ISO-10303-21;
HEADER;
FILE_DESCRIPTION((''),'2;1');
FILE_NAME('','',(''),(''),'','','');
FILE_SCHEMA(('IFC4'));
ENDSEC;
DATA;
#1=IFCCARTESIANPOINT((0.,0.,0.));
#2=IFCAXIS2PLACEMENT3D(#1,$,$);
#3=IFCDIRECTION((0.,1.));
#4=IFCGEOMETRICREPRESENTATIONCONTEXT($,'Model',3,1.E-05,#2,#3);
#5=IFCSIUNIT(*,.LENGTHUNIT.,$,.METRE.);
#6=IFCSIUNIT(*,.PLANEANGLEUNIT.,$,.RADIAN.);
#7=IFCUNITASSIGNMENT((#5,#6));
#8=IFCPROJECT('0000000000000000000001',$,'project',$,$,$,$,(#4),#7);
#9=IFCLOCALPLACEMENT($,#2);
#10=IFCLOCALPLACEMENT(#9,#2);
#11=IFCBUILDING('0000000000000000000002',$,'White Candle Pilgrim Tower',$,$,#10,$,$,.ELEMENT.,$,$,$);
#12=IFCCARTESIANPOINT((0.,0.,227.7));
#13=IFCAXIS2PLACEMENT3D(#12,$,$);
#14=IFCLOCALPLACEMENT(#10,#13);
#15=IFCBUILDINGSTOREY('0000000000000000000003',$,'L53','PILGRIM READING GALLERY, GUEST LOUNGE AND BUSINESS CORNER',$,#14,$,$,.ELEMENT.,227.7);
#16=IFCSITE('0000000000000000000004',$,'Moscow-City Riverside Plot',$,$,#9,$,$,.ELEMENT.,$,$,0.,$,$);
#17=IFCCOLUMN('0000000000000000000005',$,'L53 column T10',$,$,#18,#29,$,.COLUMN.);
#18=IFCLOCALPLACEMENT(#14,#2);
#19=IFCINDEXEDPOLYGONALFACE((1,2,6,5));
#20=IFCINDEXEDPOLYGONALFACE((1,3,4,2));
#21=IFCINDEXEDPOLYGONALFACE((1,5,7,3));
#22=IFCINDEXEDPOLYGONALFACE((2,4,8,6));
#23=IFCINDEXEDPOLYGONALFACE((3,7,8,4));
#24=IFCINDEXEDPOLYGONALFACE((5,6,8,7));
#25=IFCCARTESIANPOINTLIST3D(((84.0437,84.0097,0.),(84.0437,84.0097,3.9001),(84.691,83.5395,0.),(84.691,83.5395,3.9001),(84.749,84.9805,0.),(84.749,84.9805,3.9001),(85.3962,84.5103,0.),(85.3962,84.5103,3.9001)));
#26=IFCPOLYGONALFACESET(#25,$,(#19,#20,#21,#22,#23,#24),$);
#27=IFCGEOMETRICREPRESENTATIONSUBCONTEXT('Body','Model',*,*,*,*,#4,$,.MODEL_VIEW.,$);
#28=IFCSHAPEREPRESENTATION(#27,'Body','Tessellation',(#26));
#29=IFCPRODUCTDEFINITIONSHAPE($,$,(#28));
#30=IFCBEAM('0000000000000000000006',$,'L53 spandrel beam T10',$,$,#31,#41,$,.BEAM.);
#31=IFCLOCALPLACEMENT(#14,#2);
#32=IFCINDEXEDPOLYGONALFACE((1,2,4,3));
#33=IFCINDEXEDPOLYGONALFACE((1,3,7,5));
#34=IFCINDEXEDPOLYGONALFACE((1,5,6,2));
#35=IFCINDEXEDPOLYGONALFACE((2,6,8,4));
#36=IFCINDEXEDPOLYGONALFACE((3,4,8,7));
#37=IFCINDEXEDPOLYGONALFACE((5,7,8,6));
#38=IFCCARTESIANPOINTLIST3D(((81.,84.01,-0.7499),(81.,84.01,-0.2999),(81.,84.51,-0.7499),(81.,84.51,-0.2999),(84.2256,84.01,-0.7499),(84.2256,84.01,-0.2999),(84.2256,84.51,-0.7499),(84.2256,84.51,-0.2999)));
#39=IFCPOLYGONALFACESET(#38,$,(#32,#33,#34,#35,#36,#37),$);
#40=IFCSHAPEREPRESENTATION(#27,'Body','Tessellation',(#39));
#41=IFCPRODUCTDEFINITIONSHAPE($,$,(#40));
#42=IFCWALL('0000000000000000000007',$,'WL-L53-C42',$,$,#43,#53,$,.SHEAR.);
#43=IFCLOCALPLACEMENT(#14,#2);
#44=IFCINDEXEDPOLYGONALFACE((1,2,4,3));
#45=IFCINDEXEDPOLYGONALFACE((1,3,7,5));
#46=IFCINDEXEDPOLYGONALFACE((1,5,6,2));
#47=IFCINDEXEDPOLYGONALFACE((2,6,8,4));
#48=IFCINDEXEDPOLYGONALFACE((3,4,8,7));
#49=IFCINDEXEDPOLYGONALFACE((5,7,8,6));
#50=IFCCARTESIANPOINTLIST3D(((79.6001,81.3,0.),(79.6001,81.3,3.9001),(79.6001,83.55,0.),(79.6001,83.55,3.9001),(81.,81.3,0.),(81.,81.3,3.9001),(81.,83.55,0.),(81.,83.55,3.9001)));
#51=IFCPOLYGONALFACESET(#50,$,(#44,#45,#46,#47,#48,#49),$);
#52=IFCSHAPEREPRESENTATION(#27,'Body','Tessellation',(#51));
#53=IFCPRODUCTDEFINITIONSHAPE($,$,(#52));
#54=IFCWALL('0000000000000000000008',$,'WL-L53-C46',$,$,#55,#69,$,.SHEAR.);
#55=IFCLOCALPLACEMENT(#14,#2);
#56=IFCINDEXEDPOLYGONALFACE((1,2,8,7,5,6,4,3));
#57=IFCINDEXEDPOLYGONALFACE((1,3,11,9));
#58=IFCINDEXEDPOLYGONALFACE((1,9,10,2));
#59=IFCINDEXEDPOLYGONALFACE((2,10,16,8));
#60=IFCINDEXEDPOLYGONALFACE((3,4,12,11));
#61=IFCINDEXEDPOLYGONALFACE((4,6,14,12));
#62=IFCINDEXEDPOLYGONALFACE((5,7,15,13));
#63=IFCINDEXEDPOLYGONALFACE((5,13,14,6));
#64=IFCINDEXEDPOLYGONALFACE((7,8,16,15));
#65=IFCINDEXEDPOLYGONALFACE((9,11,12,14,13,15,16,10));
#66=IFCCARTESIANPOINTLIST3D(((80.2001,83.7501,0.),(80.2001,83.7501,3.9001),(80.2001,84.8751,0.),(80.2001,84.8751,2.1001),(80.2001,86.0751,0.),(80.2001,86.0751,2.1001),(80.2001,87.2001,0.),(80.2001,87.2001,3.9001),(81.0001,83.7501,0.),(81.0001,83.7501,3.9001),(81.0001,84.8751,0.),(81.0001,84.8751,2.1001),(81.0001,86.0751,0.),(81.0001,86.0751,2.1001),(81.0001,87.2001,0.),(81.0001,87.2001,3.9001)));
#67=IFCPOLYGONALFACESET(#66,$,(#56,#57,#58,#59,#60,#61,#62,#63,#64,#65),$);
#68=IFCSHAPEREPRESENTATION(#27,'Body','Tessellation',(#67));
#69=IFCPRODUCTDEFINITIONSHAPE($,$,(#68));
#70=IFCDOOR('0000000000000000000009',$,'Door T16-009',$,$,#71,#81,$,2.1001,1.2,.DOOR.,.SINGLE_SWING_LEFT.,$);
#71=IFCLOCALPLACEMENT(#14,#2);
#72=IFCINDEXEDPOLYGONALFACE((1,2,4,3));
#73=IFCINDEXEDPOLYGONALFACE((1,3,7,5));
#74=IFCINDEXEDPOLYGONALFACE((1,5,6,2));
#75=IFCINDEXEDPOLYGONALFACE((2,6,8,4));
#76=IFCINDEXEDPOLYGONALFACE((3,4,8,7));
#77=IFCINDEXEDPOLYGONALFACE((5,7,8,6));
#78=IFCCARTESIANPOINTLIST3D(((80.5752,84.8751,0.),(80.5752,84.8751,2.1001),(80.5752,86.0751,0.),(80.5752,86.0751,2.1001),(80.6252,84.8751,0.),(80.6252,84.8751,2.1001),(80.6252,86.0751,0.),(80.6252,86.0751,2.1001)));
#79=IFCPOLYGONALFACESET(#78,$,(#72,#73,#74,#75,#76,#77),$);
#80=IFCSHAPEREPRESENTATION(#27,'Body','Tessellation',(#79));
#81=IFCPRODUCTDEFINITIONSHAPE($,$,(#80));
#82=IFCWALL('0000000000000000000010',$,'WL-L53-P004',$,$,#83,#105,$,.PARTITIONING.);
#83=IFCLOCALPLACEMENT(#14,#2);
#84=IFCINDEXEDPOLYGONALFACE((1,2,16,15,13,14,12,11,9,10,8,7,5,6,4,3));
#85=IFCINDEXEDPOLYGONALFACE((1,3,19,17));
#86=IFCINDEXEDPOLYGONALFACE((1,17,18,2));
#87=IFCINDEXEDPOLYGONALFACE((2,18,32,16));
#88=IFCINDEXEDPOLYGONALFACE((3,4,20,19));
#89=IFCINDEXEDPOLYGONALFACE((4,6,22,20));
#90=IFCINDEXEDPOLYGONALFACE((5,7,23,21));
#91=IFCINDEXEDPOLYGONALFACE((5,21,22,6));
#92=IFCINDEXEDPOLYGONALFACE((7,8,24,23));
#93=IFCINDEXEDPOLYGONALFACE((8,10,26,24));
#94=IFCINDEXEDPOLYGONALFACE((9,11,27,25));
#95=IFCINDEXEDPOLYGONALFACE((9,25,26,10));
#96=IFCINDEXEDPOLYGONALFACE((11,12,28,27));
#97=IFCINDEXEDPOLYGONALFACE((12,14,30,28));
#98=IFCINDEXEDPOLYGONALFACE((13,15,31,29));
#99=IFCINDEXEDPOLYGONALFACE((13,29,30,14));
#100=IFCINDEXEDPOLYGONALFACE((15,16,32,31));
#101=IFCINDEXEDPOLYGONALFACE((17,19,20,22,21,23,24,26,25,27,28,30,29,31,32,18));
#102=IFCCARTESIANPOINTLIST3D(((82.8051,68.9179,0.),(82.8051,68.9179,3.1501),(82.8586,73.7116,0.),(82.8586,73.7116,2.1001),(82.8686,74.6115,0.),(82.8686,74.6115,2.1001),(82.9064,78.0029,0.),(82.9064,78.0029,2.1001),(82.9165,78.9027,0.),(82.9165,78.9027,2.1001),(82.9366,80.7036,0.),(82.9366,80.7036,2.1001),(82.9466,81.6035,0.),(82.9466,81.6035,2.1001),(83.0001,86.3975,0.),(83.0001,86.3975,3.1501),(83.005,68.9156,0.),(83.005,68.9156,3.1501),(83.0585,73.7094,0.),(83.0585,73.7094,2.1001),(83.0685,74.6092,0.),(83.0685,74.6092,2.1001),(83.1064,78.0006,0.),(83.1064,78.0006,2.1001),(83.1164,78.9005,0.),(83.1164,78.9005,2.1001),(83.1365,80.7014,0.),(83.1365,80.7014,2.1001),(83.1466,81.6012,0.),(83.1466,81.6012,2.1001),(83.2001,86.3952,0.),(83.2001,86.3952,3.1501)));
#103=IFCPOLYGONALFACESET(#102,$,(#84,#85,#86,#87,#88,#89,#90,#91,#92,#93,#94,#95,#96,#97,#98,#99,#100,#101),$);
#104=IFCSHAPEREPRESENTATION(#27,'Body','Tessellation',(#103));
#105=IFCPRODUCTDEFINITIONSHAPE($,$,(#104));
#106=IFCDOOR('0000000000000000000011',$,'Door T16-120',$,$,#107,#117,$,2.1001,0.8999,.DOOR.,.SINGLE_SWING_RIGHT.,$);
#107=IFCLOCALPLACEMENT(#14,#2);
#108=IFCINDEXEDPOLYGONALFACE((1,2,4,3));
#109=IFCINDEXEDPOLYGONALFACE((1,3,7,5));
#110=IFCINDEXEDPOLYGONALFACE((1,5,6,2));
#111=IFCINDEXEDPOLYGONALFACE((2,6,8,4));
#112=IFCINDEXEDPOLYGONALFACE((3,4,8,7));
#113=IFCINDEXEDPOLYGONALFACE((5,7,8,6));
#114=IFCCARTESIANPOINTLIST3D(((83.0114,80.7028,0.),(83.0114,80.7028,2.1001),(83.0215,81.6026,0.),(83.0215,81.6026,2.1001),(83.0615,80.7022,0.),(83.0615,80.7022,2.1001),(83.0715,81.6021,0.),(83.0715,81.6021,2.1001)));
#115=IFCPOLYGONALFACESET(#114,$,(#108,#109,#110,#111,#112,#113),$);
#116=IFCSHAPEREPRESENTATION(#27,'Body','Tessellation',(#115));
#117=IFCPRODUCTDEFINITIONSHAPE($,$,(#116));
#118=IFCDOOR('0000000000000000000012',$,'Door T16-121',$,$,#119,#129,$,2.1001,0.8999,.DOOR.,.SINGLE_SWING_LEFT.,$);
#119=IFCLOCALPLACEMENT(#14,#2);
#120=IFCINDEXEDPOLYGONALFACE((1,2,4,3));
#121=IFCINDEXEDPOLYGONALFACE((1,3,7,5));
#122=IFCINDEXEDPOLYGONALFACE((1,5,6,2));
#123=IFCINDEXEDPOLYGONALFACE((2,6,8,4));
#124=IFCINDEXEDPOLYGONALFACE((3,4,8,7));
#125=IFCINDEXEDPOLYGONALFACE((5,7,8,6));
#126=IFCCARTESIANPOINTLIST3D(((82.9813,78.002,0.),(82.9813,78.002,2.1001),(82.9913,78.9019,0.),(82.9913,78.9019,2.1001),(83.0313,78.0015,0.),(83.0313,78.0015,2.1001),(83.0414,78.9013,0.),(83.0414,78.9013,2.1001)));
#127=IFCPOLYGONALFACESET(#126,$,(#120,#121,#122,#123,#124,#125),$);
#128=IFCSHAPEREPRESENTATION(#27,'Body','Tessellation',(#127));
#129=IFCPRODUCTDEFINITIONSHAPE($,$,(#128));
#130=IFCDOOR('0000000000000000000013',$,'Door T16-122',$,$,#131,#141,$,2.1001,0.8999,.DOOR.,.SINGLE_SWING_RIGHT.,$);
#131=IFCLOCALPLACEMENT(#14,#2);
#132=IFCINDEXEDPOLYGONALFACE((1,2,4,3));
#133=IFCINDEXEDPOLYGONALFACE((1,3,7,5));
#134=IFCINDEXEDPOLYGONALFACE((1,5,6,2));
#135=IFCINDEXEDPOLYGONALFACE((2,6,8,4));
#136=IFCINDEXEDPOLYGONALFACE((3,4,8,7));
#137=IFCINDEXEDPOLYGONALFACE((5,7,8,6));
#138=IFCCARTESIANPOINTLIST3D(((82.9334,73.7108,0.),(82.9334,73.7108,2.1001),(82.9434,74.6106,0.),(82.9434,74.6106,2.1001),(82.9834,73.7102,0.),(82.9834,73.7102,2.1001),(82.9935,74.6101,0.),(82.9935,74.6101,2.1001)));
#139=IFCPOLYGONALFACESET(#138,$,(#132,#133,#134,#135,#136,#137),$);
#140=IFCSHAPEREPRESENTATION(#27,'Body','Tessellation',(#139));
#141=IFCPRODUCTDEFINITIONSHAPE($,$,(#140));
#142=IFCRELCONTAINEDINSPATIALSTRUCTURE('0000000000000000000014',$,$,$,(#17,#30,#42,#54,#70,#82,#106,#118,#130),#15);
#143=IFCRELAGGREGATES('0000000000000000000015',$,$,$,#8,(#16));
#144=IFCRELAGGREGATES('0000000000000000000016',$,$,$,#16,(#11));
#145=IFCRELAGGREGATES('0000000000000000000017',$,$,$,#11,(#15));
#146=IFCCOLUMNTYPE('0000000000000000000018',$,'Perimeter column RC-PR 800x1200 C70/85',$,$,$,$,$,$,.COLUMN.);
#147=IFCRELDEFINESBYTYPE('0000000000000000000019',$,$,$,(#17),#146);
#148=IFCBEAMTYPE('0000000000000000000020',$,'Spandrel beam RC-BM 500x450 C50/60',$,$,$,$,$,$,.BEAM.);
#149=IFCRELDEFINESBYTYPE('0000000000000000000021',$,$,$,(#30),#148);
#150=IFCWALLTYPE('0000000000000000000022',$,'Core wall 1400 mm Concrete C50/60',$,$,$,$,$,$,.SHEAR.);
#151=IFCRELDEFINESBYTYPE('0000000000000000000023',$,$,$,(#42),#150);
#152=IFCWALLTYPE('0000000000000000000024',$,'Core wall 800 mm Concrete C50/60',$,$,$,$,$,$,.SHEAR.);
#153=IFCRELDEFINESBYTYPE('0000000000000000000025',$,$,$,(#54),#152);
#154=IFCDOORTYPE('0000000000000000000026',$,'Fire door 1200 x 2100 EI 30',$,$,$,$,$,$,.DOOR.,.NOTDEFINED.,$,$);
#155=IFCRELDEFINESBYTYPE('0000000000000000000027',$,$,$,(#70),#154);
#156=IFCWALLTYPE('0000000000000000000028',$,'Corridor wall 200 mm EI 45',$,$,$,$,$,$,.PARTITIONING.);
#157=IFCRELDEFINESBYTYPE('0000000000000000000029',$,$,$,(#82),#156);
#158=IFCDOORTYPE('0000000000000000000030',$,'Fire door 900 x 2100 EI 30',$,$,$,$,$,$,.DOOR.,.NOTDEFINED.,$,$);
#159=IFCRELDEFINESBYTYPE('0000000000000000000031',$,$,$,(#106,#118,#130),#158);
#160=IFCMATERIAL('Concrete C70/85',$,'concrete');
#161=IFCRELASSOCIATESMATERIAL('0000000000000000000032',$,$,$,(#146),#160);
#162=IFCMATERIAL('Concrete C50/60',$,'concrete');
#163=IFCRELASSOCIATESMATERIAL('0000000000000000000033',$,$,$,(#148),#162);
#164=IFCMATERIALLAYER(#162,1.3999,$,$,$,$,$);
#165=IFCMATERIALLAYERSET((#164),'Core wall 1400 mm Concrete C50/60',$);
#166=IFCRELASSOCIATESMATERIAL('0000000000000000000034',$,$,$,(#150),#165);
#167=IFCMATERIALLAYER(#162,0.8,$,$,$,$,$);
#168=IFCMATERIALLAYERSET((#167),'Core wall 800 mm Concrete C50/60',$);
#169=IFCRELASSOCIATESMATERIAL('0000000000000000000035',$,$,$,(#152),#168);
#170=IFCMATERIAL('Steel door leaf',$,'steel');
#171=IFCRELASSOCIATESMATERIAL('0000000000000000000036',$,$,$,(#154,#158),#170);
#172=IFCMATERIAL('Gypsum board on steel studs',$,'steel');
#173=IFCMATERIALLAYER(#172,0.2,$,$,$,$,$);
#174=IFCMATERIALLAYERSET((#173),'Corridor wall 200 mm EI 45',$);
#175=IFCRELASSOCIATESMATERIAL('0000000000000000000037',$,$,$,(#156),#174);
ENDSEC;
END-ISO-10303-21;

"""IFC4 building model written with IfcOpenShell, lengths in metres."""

from ifc_helpers import new_model, si_unit, direction, frame, frame_2d, origin, origin_2d, place, context, subcontext, project, spatial, rectangle, extrude, material, layer, layer_set, material_profile, profile_set, type_object, element, fill, save


model = new_model("IFC4")

# Units and contexts
model_context = context("Model", 3, precision=1e-05, world=origin(), true_north=direction((0.0, 1.0)))
body_context = subcontext(model_context, "Body", "Model", "MODEL_VIEW")
ifc_project = project(units=[si_unit("LENGTHUNIT", "METRE"), si_unit("PLANEANGLEUNIT", "RADIAN")], contexts=[model_context])

# Site, building, storey
site_placement = place(None, origin())
site = spatial("IfcSite", under=ifc_project, at=site_placement, Name="Moscow-City Riverside Plot", CompositionType="ELEMENT", RefElevation=0.0)
building_placement = place(site_placement, origin())
building = spatial("IfcBuilding", under=site, at=building_placement, Name="White Candle Pilgrim Tower", CompositionType="ELEMENT")
storey_placement = place(building_placement, frame((0.0, 0.0, 227.7)))
storey = spatial("IfcBuildingStorey", under=building, at=storey_placement, Name="L53", Description="PILGRIM READING GALLERY, GUEST LOUNGE AND BUSINESS CORNER", CompositionType="ELEMENT", Elevation=227.7)

# Column
ifc_material_1 = material(Name="Concrete C70/85", Category="concrete")
ifc_material_profile_1 = material_profile(ifc_material_1, rectangle(XDim=0.8, YDim=1.2, at=origin_2d()), Name="RC-PR 800x1200")
ifc_profile_set_1 = profile_set([ifc_material_profile_1], Name="Concrete C70/85")
column_type = type_object("IfcColumnType", Name="Perimeter column RC-PR 800x1200 C70/85", PredefinedType="COLUMN", material=ifc_profile_set_1)
column_placement = place(storey_placement, frame((84.72, 84.26, 0.0), z_axis=(0.0, 0.0, 1.0), x_axis=(0.809027, -0.587771, 0.0)))
element("IfcColumn", 1, at=column_placement, inside=storey, type_object=column_type, Name="L53 column T10", PredefinedType="COLUMN", context=body_context, shape_type="SweptSolid", body=[
    extrude(rectangle(XDim=0.8, YDim=1.2, at=origin_2d()), origin(), (0.0, 0.0, 1.0), 3.9001),
])

# Beam
ifc_material_2 = material(Name="Concrete C50/60", Category="concrete")
ifc_material_profile_2 = material_profile(ifc_material_2, rectangle(XDim=0.5, YDim=0.45, at=origin_2d()), Name="RC-BM 500x450")
ifc_profile_set_2 = profile_set([ifc_material_profile_2], Name="Concrete C50/60")
beam_type = type_object("IfcBeamType", Name="Spandrel beam RC-BM 500x450 C50/60", PredefinedType="BEAM", material=ifc_profile_set_2)
beam_placement = place(storey_placement, frame((84.2256, 84.26, -0.5249), z_axis=(-1.0, 0.0, 0.0), x_axis=(0.0, -1.0, 0.0)))
element("IfcBeam", 2, at=beam_placement, inside=storey, type_object=beam_type, Name="L53 spandrel beam T10", PredefinedType="BEAM", context=body_context, shape_type="SweptSolid", body=[
    extrude(rectangle(XDim=0.5, YDim=0.45, at=origin_2d()), origin(), (0.0, 0.0, 1.0), 3.2256),
])

# Wall
ifc_layer_1 = layer(ifc_material_2, 1.3999)
ifc_layer_set_1 = layer_set([ifc_layer_1], Name="Core wall 1400 mm Concrete C50/60")
wall_type_1 = type_object("IfcWallType", Name="Core wall 1400 mm Concrete C50/60", PredefinedType="SHEAR", material=ifc_layer_set_1)
wall_1_placement = place(storey_placement, frame((80.3, 81.3, 0.0), z_axis=(0.0, 0.0, 1.0), x_axis=(0.0, 1.0, 0.0)))
element("IfcWall", 3, at=wall_1_placement, inside=storey, type_object=wall_type_1, Name="WL-L53-C42", PredefinedType="SHEAR", context=body_context, shape_type="SweptSolid", body=[
    extrude(rectangle(XDim=2.25, YDim=1.3999, at=frame_2d((1.125, 0.0))), origin(), (0.0, 0.0, 1.0), 3.9001),
])

# Wall, opening, door
ifc_layer_2 = layer(ifc_material_2, 0.8)
ifc_layer_set_2 = layer_set([ifc_layer_2], Name="Core wall 800 mm Concrete C50/60")
wall_type_2 = type_object("IfcWallType", Name="Core wall 800 mm Concrete C50/60", PredefinedType="SHEAR", material=ifc_layer_set_2)
wall_2_placement = place(storey_placement, frame((80.6001, 83.75, 0.0), z_axis=(0.0, 0.0, 1.0), x_axis=(0.0, 1.0, 0.0)))
wall_2 = element("IfcWall", 4, at=wall_2_placement, inside=storey, type_object=wall_type_2, Name="WL-L53-C46", PredefinedType="SHEAR", context=body_context, shape_type="SweptSolid", body=[
    extrude(rectangle(XDim=3.45, YDim=0.8, at=frame_2d((1.7251, 0.0))), origin(), (0.0, 0.0, 1.0), 3.9001),
])
opening_1_placement = place(wall_2_placement, frame((1.125, 0.0, 0.0)))
opening_1 = element("IfcOpeningElement", 5, at=opening_1_placement, cuts=wall_2, PredefinedType="OPENING", context=body_context, shape_type="SweptSolid", body=[
    extrude(rectangle(XDim=1.2, YDim=2.1001, at=frame_2d((0.6001, 1.05))), frame((0.0, 0.4099, 0.0), z_axis=(0.0, -1.0, 0.0), x_axis=(1.0, 0.0, 0.0)), (0.0, 0.0, 1.0), 0.8201),
])
ifc_material_3 = material(Name="Steel door leaf", Category="steel")
door_type_1 = type_object("IfcDoorType", Name="Fire door 1200 x 2100 EI 30", OperationType="NOTDEFINED", PredefinedType="DOOR", material=ifc_material_3)
door_1_placement = place(opening_1_placement, origin())
door_1 = element("IfcDoor", 6, at=door_1_placement, inside=storey, type_object=door_type_1, Name="Door T16-009", OperationType="SINGLE_SWING_LEFT", OverallHeight=2.1001, OverallWidth=1.2, PredefinedType="DOOR", context=body_context, shape_type="SweptSolid", body=[
    extrude(rectangle(XDim=1.2, YDim=2.1001, at=frame_2d((0.6001, 1.05))), frame((0.0, 0.0249, 0.0), z_axis=(0.0, -1.0, 0.0), x_axis=(1.0, 0.0, 0.0)), (0.0, 0.0, 1.0), 0.05),
])
fill(opening_1, door_1)

# Wall, openings, doors
ifc_material_4 = material(Name="Gypsum board on steel studs", Category="steel")
ifc_layer_3 = layer(ifc_material_4, 0.2)
ifc_layer_set_3 = layer_set([ifc_layer_3], Name="Corridor wall 200 mm EI 45")
wall_type_3 = type_object("IfcWallType", Name="Corridor wall 200 mm EI 45", PredefinedType="PARTITIONING", material=ifc_layer_set_3)
wall_3_placement = place(storey_placement, frame((83.1001, 86.3962, 0.0), z_axis=(0.0, 0.0, 1.0), x_axis=(-0.011159, -0.999938, 0.0)))
wall_3 = element("IfcWall", 7, at=wall_3_placement, inside=storey, type_object=wall_type_3, Name="WL-L53-P004", PredefinedType="PARTITIONING", context=body_context, shape_type="SweptSolid", body=[
    extrude(rectangle(XDim=17.4807, YDim=0.2, at=frame_2d((8.7402, 0.0))), origin(), (0.0, 0.0, 1.0), 3.1501),
])
opening_2_placement = place(wall_3_placement, frame((4.7942, 0.0, 0.0)))
opening_2 = element("IfcOpeningElement", 8, at=opening_2_placement, cuts=wall_3, PredefinedType="OPENING", context=body_context, shape_type="SweptSolid", body=[
    extrude(rectangle(XDim=0.8999, YDim=2.1001, at=frame_2d((0.45, 1.05))), frame((0.0, 0.1099, 0.0), z_axis=(0.0, -1.0, 0.0), x_axis=(1.0, 0.0, 0.0)), (0.0, 0.0, 1.0), 0.22),
])
opening_3_placement = place(wall_3_placement, frame((7.4951, 0.0, 0.0)))
opening_3 = element("IfcOpeningElement", 9, at=opening_3_placement, cuts=wall_3, PredefinedType="OPENING", context=body_context, shape_type="SweptSolid", body=[
    extrude(rectangle(XDim=0.8999, YDim=2.1001, at=frame_2d((0.45, 1.05))), frame((0.0, 0.1099, 0.0), z_axis=(0.0, -1.0, 0.0), x_axis=(1.0, 0.0, 0.0)), (0.0, 0.0, 1.0), 0.22),
])
opening_4_placement = place(wall_3_placement, frame((11.7866, 0.0, 0.0)))
opening_4 = element("IfcOpeningElement", 10, at=opening_4_placement, cuts=wall_3, PredefinedType="OPENING", context=body_context, shape_type="SweptSolid", body=[
    extrude(rectangle(XDim=0.8999, YDim=2.1001, at=frame_2d((0.45, 1.05))), frame((0.0, 0.1099, 0.0), z_axis=(0.0, -1.0, 0.0), x_axis=(1.0, 0.0, 0.0)), (0.0, 0.0, 1.0), 0.22),
])
door_type_2 = type_object("IfcDoorType", Name="Fire door 900 x 2100 EI 30", OperationType="NOTDEFINED", PredefinedType="DOOR", material=ifc_material_3)
door_2_placement = place(opening_2_placement, origin())
door_2 = element("IfcDoor", 11, at=door_2_placement, inside=storey, type_object=door_type_2, Name="Door T16-120", OperationType="SINGLE_SWING_RIGHT", OverallHeight=2.1001, OverallWidth=0.8999, PredefinedType="DOOR", context=body_context, shape_type="SweptSolid", body=[
    extrude(rectangle(XDim=0.8999, YDim=2.1001, at=frame_2d((0.45, 1.05))), frame((0.0, 0.0249, 0.0), z_axis=(0.0, -1.0, 0.0), x_axis=(1.0, 0.0, 0.0)), (0.0, 0.0, 1.0), 0.05),
])
fill(opening_2, door_2)
door_3_placement = place(opening_3_placement, origin())
door_3 = element("IfcDoor", 12, at=door_3_placement, inside=storey, type_object=door_type_2, Name="Door T16-121", OperationType="SINGLE_SWING_LEFT", OverallHeight=2.1001, OverallWidth=0.8999, PredefinedType="DOOR", context=body_context, shape_type="SweptSolid", body=[
    extrude(rectangle(XDim=0.8999, YDim=2.1001, at=frame_2d((0.45, 1.05))), frame((0.0, 0.0249, 0.0), z_axis=(0.0, -1.0, 0.0), x_axis=(1.0, 0.0, 0.0)), (0.0, 0.0, 1.0), 0.05),
])
fill(opening_3, door_3)
door_4_placement = place(opening_4_placement, origin())
door_4 = element("IfcDoor", 13, at=door_4_placement, inside=storey, type_object=door_type_2, Name="Door T16-122", OperationType="SINGLE_SWING_RIGHT", OverallHeight=2.1001, OverallWidth=0.8999, PredefinedType="DOOR", context=body_context, shape_type="SweptSolid", body=[
    extrude(rectangle(XDim=0.8999, YDim=2.1001, at=frame_2d((0.45, 1.05))), frame((0.0, 0.0249, 0.0), z_axis=(0.0, -1.0, 0.0), x_axis=(1.0, 0.0, 0.0)), (0.0, 0.0, 1.0), 0.05),
])
fill(opening_4, door_4)

save(model, "model.ifc")
